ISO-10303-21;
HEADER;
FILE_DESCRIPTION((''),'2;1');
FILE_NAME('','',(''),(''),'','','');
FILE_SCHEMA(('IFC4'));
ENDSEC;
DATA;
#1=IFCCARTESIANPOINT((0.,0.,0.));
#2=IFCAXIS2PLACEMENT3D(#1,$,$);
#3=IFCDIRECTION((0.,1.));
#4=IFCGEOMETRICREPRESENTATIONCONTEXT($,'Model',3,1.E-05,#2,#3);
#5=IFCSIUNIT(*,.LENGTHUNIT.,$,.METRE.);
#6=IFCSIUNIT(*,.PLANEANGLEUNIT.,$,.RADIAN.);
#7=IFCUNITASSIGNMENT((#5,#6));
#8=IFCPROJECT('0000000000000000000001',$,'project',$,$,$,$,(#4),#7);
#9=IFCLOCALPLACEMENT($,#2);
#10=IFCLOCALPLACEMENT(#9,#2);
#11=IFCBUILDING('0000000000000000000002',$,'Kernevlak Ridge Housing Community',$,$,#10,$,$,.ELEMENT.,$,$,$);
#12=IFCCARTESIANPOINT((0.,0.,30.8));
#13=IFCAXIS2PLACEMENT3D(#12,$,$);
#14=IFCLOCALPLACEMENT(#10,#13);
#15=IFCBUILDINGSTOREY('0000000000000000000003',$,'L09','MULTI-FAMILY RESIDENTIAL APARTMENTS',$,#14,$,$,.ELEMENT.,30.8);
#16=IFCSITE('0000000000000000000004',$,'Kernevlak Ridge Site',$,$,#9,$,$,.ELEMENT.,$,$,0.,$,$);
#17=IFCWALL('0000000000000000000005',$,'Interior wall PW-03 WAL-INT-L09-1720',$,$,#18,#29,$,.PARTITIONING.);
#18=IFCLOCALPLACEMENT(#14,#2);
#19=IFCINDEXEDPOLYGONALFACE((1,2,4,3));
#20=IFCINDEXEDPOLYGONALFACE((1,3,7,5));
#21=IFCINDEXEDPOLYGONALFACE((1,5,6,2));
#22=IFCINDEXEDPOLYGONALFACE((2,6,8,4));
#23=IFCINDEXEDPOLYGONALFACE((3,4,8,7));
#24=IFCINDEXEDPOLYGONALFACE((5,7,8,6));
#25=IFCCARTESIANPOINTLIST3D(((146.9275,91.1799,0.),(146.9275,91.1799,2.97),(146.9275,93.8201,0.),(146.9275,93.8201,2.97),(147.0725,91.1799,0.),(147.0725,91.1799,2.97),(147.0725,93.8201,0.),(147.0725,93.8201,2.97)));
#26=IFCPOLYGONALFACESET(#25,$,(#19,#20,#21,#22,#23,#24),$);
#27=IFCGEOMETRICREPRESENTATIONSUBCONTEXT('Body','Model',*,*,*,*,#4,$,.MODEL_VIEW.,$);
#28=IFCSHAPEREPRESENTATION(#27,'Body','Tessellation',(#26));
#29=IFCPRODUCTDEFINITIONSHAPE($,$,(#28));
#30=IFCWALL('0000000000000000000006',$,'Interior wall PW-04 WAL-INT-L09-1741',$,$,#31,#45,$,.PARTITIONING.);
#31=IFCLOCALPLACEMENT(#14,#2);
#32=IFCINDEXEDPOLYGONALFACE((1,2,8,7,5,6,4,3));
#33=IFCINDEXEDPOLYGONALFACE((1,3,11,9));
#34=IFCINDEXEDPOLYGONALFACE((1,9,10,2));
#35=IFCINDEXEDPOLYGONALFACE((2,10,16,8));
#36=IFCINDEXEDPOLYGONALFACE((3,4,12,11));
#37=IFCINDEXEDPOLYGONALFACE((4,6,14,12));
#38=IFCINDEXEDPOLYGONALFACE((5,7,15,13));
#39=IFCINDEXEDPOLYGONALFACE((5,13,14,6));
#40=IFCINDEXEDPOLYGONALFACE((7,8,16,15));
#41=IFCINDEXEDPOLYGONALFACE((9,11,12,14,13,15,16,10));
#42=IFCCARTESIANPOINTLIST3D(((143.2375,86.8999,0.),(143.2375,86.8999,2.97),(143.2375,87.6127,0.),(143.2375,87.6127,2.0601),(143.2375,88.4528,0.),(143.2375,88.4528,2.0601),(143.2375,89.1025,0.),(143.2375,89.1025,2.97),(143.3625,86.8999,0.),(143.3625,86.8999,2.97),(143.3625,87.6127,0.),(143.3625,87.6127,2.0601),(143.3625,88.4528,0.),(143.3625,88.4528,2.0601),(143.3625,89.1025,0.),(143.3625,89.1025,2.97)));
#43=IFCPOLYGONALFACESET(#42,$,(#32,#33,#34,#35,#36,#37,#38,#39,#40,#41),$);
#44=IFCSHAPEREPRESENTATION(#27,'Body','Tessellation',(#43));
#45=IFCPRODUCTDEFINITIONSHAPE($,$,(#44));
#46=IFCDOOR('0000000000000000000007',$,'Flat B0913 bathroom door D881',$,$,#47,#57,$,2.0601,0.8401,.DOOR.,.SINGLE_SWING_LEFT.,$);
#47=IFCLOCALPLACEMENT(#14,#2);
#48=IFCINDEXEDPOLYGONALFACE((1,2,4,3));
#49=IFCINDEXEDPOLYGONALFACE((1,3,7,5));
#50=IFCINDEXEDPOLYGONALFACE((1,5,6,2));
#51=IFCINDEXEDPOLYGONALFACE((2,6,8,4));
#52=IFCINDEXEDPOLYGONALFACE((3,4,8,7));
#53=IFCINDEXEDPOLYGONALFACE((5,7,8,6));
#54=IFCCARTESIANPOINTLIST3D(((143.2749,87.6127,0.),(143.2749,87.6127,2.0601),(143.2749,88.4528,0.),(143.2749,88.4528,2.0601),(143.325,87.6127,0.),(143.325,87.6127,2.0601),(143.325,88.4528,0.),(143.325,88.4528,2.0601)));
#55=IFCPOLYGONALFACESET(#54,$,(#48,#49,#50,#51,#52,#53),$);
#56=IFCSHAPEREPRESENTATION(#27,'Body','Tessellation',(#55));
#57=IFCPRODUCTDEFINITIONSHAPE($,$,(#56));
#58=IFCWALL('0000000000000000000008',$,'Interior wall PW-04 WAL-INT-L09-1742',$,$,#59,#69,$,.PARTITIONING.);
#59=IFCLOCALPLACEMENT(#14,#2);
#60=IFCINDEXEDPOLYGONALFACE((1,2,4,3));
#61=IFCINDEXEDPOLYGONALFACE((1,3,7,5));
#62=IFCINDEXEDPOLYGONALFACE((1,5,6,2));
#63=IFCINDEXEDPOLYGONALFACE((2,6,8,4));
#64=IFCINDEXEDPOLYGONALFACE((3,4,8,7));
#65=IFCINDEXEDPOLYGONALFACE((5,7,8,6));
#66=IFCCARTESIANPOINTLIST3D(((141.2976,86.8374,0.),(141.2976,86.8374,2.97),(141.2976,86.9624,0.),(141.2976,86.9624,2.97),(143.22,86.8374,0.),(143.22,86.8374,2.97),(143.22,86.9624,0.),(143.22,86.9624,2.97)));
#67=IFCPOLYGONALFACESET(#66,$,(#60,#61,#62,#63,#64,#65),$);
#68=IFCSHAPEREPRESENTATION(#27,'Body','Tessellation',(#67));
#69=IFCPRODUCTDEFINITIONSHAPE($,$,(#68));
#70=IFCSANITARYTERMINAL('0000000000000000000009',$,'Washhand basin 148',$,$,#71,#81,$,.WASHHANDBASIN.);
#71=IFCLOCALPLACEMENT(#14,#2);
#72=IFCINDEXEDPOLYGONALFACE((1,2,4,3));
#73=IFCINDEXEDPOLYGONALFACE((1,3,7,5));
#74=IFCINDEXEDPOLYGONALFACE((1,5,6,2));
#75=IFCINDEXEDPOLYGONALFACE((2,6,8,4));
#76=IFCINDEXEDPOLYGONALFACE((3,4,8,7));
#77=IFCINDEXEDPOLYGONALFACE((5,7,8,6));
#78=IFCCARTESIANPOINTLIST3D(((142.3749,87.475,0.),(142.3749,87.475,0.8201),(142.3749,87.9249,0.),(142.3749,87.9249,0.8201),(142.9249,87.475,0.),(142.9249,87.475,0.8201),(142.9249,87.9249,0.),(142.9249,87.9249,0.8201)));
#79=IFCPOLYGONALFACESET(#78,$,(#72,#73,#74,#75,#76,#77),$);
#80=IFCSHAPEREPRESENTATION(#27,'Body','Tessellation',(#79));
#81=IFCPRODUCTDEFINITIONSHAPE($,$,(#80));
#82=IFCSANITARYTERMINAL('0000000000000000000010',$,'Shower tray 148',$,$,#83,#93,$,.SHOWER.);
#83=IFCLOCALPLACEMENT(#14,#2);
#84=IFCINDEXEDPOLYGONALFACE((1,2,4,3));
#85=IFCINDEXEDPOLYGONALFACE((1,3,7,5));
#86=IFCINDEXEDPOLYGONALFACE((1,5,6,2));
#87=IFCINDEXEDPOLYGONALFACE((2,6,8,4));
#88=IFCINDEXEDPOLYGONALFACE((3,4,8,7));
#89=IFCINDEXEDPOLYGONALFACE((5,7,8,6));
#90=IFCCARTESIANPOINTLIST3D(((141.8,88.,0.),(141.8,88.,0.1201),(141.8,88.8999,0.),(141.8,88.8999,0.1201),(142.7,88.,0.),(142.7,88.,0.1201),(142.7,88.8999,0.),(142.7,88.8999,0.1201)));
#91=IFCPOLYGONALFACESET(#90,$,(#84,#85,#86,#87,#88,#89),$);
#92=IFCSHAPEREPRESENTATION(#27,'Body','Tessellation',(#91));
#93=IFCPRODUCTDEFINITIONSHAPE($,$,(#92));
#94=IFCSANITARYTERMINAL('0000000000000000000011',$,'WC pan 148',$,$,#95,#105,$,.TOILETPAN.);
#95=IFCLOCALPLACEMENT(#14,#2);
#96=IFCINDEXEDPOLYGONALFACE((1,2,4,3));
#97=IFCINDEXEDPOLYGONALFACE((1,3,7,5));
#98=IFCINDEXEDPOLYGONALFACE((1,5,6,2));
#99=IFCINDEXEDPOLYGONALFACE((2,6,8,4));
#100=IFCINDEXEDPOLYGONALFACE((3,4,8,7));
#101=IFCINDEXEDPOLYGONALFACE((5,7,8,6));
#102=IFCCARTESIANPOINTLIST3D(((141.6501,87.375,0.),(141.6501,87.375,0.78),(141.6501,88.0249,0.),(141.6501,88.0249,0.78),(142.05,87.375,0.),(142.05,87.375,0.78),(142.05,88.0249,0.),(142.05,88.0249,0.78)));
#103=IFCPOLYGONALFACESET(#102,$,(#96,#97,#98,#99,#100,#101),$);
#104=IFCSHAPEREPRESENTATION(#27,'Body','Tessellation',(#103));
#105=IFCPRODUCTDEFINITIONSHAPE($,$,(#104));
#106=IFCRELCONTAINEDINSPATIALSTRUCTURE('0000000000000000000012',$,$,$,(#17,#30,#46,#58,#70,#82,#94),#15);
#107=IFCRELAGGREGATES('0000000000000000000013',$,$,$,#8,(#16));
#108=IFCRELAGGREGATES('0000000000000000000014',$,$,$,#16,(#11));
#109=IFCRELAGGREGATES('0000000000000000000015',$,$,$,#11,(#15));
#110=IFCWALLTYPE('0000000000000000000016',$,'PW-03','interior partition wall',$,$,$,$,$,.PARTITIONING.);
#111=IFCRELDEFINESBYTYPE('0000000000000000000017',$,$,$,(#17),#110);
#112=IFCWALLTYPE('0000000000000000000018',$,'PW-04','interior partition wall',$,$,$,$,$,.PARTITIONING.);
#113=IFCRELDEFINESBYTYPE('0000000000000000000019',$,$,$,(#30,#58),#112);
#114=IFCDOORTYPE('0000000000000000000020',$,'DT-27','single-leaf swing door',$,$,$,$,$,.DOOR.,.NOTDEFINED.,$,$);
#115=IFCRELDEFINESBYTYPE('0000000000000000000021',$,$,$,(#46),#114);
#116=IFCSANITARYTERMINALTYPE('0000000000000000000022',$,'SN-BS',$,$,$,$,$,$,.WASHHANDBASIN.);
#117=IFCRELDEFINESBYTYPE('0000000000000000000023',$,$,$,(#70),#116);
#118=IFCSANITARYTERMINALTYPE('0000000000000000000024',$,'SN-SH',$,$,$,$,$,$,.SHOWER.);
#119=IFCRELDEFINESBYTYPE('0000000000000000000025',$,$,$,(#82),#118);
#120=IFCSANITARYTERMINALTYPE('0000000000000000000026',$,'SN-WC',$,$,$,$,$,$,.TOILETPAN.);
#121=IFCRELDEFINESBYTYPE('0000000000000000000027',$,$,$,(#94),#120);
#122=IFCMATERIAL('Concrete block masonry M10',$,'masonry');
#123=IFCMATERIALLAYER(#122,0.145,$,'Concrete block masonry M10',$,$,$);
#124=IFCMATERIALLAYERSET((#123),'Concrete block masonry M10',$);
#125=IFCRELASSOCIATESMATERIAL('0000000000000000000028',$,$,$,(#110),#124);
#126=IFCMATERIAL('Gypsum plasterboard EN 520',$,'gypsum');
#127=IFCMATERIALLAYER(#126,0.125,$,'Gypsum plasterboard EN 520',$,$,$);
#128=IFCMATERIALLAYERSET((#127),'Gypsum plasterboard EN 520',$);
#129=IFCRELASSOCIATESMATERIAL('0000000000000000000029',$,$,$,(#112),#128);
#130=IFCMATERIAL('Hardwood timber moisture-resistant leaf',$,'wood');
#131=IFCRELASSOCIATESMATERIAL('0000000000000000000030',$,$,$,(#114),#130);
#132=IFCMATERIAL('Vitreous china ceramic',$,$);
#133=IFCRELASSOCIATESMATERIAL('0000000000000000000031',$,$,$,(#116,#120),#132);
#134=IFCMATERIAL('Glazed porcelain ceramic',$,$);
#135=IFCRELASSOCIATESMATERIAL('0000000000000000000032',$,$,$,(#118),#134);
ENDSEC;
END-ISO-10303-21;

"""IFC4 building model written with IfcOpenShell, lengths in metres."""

from ifc_helpers import new_model, si_unit, direction, frame, frame_2d, origin, origin_2d, place, context, subcontext, project, spatial, rectangle, extrude, material, layer, layer_set, type_object, element, fill, save


model = new_model("IFC4")

# Units and contexts
model_context = context("Model", 3, precision=1e-05, world=origin(), true_north=direction((0.0, 1.0)))
body_context = subcontext(model_context, "Body", "Model", "MODEL_VIEW")
ifc_project = project(units=[si_unit("LENGTHUNIT", "METRE"), si_unit("PLANEANGLEUNIT", "RADIAN")], contexts=[model_context])

# Site, building, storey
site_placement = place(None, origin())
site = spatial("IfcSite", under=ifc_project, at=site_placement, Name="Kernevlak Ridge Site", CompositionType="ELEMENT", RefElevation=0.0)
building_placement = place(site_placement, origin())
building = spatial("IfcBuilding", under=site, at=building_placement, Name="Kernevlak Ridge Housing Community", CompositionType="ELEMENT")
storey_placement = place(building_placement, frame((0.0, 0.0, 30.8)))
storey = spatial("IfcBuildingStorey", under=building, at=storey_placement, Name="L09", Description="MULTI-FAMILY RESIDENTIAL APARTMENTS", CompositionType="ELEMENT", Elevation=30.8)

# Shared definitions
ifc_material_1 = material(Name="Concrete block masonry M10", Category="masonry")

# Shared definitions
ifc_layer_1 = layer(ifc_material_1, 0.145, Name="Concrete block masonry M10")
ifc_layer_set_1 = layer_set([ifc_layer_1], Name="Concrete block masonry M10")
wall_type_1 = type_object("IfcWallType", Name="PW-03", Description="interior partition wall", PredefinedType="PARTITIONING", material=ifc_layer_set_1)

# Wall
wall_1_placement = place(storey_placement, frame((147.0, 91.1799, 0.0), z_axis=(0.0, 0.0, 1.0), x_axis=(0.0, 1.0, 0.0)))
element("IfcWall", 1, at=wall_1_placement, inside=storey, type_object=wall_type_1, Name="Interior wall PW-03 WAL-INT-L09-1720", PredefinedType="PARTITIONING", context=body_context, shape_type="SweptSolid", body=[
    extrude(rectangle(XDim=2.6401, YDim=0.145, at=frame_2d((1.3201, 0.0))), origin(), (0.0, 0.0, 1.0), 2.97),
])

# Wall, opening, door
ifc_material_2 = material(Name="Gypsum plasterboard EN 520", Category="gypsum")
ifc_layer_2 = layer(ifc_material_2, 0.125, Name="Gypsum plasterboard EN 520")
ifc_layer_set_2 = layer_set([ifc_layer_2], Name="Gypsum plasterboard EN 520")
wall_type_2 = type_object("IfcWallType", Name="PW-04", Description="interior partition wall", PredefinedType="PARTITIONING", material=ifc_layer_set_2)
wall_2_placement = place(storey_placement, frame((143.3, 89.1025, 0.0), z_axis=(0.0, 0.0, 1.0), x_axis=(0.0, -1.0, 0.0)))
wall_2 = element("IfcWall", 2, at=wall_2_placement, inside=storey, type_object=wall_type_2, Name="Interior wall PW-04 WAL-INT-L09-1741", PredefinedType="PARTITIONING", context=body_context, shape_type="SweptSolid", body=[
    extrude(rectangle(XDim=2.2026, YDim=0.125, at=frame_2d((1.1013, 0.0))), origin(), (0.0, 0.0, 1.0), 2.97),
])
opening_1_placement = place(wall_2_placement, frame((0.6499, 0.0, 0.0)))
opening_1 = element("IfcOpeningElement", 3, at=opening_1_placement, cuts=wall_2, PredefinedType="OPENING", context=body_context, shape_type="SweptSolid", body=[
    extrude(rectangle(XDim=0.8401, YDim=2.0601, at=frame_2d((0.4199, 1.03))), frame((0.0, 0.0725, 0.0), z_axis=(0.0, -1.0, 0.0), x_axis=(1.0, 0.0, 0.0)), (0.0, 0.0, 1.0), 0.145),
])
ifc_material_3 = material(Name="Hardwood timber moisture-resistant leaf", Category="wood")
door_type_1 = type_object("IfcDoorType", Name="DT-27", Description="single-leaf swing door", OperationType="NOTDEFINED", PredefinedType="DOOR", material=ifc_material_3)
door_1_placement = place(opening_1_placement, origin())
door_1 = element("IfcDoor", 4, at=door_1_placement, inside=storey, type_object=door_type_1, Name="Flat B0913 bathroom door D881", OperationType="SINGLE_SWING_LEFT", OverallHeight=2.0601, OverallWidth=0.8401, PredefinedType="DOOR", context=body_context, shape_type="SweptSolid", body=[
    extrude(rectangle(XDim=0.8401, YDim=2.0601, at=frame_2d((0.4199, 1.03))), frame((0.0, 0.0249, 0.0), z_axis=(0.0, -1.0, 0.0), x_axis=(1.0, 0.0, 0.0)), (0.0, 0.0, 1.0), 0.05),
])
fill(opening_1, door_1)

# Wall
wall_3_placement = place(storey_placement, frame((141.2976, 86.8999, 0.0), z_axis=(0.0, 0.0, 1.0), x_axis=(1.0, 0.0, 0.0)))
element("IfcWall", 5, at=wall_3_placement, inside=storey, type_object=wall_type_2, Name="Interior wall PW-04 WAL-INT-L09-1742", PredefinedType="PARTITIONING", context=body_context, shape_type="SweptSolid", body=[
    extrude(rectangle(XDim=1.9224, YDim=0.125, at=frame_2d((0.9612, 0.0))), origin(), (0.0, 0.0, 1.0), 2.97),
])

# Sanitary terminals
ifc_material_4 = material(Name="Vitreous china ceramic")
sanitary_terminal_type_1 = type_object("IfcSanitaryTerminalType", Name="SN-BS", PredefinedType="WASHHANDBASIN", material=ifc_material_4)
sanitary_terminal_1_placement = place(storey_placement, frame((142.6499, 87.7, 0.0), z_axis=(0.0, 0.0, 1.0), x_axis=(1.0, 0.0, 0.0)))
element("IfcSanitaryTerminal", 6, at=sanitary_terminal_1_placement, inside=storey, type_object=sanitary_terminal_type_1, Name="Washhand basin 148", PredefinedType="WASHHANDBASIN", context=body_context, shape_type="SweptSolid", body=[
    extrude(rectangle(XDim=0.55, YDim=0.45, at=origin_2d()), origin(), (0.0, 0.0, 1.0), 0.8201),
])
ifc_material_5 = material(Name="Glazed porcelain ceramic")
sanitary_terminal_type_2 = type_object("IfcSanitaryTerminalType", Name="SN-SH", PredefinedType="SHOWER", material=ifc_material_5)
sanitary_terminal_2_placement = place(storey_placement, frame((142.25, 88.45, 0.0), z_axis=(0.0, 0.0, 1.0), x_axis=(1.0, 0.0, 0.0)))
element("IfcSanitaryTerminal", 7, at=sanitary_terminal_2_placement, inside=storey, type_object=sanitary_terminal_type_2, Name="Shower tray 148", PredefinedType="SHOWER", context=body_context, shape_type="SweptSolid", body=[
    extrude(rectangle(XDim=0.8999, YDim=0.8999, at=origin_2d()), origin(), (0.0, 0.0, 1.0), 0.1201),
])
sanitary_terminal_type_3 = type_object("IfcSanitaryTerminalType", Name="SN-WC", PredefinedType="TOILETPAN", material=ifc_material_4)
sanitary_terminal_3_placement = place(storey_placement, frame((141.8501, 87.7, 0.0), z_axis=(0.0, 0.0, 1.0), x_axis=(1.0, 0.0, 0.0)))
element("IfcSanitaryTerminal", 8, at=sanitary_terminal_3_placement, inside=storey, type_object=sanitary_terminal_type_3, Name="WC pan 148", PredefinedType="TOILETPAN", context=body_context, shape_type="SweptSolid", body=[
    extrude(rectangle(XDim=0.3999, YDim=0.6499, at=origin_2d()), origin(), (0.0, 0.0, 1.0), 0.78),
])

save(model, "model.ifc")
